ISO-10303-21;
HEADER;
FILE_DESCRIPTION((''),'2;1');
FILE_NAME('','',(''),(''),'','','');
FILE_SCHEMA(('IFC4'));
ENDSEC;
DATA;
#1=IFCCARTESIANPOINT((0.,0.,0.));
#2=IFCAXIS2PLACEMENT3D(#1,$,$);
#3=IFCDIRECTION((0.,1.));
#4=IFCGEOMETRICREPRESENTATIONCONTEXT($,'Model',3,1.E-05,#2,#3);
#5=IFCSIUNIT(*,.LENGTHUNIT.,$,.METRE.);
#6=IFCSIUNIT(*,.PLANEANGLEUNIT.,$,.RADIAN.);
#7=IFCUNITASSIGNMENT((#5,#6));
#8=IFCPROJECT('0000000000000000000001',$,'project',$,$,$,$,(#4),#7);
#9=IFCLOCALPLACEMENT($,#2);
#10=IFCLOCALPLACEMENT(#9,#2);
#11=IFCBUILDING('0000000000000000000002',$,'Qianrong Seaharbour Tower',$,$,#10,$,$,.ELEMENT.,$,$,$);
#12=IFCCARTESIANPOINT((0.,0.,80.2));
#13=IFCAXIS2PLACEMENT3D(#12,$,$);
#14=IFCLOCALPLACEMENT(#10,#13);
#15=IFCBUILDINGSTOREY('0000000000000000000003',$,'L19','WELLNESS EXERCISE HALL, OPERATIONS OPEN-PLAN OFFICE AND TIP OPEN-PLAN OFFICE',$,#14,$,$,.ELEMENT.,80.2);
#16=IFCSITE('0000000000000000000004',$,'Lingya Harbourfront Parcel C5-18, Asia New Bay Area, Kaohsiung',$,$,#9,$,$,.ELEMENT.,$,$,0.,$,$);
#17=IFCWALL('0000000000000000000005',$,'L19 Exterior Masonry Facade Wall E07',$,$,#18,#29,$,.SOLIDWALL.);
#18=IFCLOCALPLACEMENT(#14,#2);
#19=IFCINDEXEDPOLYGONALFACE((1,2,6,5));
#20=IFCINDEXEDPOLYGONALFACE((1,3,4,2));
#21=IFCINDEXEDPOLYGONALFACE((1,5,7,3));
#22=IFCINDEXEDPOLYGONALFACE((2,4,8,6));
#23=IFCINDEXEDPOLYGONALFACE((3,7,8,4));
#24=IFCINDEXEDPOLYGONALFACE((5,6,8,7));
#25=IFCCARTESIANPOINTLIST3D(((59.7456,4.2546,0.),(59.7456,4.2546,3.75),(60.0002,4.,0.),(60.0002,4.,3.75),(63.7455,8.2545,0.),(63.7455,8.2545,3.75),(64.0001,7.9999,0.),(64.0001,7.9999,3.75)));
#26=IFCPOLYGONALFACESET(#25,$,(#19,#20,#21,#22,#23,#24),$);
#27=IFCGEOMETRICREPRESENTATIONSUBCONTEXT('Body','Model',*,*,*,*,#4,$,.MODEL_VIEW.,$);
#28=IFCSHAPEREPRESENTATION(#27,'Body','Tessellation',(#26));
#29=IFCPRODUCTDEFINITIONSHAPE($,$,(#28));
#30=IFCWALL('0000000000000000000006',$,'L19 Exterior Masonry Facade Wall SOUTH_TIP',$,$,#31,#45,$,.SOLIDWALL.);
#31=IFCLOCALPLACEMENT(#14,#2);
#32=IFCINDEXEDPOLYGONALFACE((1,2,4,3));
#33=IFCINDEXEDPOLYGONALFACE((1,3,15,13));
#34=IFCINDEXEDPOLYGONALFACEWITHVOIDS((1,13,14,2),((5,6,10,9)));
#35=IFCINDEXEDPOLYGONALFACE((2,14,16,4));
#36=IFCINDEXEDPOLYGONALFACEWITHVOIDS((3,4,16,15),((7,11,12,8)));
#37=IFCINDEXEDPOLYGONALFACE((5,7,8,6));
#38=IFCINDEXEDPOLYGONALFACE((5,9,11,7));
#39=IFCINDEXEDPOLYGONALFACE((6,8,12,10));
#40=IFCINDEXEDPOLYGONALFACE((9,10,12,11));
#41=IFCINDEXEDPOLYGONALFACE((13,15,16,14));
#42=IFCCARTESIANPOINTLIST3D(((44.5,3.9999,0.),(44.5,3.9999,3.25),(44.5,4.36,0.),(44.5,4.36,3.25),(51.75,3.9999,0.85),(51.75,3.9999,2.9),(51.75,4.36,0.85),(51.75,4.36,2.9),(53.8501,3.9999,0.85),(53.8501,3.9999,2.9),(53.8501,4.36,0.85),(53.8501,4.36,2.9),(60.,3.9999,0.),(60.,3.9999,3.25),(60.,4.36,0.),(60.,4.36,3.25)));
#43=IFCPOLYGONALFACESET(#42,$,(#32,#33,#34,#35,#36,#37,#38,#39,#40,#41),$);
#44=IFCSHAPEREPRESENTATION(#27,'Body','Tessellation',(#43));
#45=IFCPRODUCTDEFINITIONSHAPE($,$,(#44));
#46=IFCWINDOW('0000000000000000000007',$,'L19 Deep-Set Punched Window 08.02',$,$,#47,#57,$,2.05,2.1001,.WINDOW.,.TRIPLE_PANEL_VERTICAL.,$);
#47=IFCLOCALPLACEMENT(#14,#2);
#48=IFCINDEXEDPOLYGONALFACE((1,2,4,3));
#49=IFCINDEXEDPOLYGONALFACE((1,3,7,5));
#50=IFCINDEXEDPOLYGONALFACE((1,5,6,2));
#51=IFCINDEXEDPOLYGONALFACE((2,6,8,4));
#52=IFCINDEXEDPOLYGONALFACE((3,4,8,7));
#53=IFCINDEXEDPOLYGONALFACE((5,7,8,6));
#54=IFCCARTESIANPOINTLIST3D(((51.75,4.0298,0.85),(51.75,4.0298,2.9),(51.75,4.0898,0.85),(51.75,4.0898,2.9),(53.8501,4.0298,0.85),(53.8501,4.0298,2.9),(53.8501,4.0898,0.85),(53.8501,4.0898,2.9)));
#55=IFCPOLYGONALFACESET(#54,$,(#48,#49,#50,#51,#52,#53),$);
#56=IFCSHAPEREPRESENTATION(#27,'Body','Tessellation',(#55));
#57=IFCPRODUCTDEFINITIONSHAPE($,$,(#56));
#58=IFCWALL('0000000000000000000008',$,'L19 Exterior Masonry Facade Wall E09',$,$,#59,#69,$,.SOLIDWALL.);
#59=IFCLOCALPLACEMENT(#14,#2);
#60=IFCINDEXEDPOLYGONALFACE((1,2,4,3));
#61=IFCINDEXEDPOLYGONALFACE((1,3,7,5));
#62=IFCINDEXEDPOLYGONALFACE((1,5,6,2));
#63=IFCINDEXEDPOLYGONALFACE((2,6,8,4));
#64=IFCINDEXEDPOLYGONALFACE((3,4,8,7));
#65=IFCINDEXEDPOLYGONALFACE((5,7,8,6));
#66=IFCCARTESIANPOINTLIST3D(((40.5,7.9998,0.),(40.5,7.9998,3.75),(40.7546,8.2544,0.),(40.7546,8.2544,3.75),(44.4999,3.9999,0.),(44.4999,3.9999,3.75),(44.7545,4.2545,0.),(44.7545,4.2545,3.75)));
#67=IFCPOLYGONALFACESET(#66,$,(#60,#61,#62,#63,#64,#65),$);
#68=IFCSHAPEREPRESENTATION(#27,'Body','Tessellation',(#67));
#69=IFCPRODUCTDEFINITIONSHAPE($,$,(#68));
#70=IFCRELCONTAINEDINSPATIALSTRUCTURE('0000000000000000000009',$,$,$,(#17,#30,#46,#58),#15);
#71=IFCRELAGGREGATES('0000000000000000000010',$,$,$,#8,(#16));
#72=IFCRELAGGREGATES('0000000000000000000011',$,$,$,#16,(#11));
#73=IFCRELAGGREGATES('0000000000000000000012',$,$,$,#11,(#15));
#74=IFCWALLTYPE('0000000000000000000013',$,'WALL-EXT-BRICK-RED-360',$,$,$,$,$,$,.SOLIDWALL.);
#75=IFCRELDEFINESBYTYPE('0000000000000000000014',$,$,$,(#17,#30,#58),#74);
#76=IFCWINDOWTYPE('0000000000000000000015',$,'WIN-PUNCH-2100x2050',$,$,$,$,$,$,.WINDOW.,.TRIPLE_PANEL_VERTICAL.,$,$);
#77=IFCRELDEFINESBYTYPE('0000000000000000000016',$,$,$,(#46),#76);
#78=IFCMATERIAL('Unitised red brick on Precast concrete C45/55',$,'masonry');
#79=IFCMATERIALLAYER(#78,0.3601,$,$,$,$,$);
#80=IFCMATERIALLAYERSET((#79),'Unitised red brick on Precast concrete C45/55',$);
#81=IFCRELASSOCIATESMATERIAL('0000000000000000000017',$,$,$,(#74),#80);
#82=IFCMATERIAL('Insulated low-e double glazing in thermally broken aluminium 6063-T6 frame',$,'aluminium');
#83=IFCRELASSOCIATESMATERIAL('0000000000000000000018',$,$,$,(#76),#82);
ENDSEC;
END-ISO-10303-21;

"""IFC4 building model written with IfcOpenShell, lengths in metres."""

from ifc_helpers import new_model, si_unit, direction, frame, frame_2d, origin, place, context, subcontext, project, spatial, rectangle, extrude, material, layer, layer_set, type_object, element, fill, save


model = new_model("IFC4")

# Units and contexts
model_context = context("Model", 3, precision=1e-05, world=origin(), true_north=direction((0.0, 1.0)))
body_context = subcontext(model_context, "Body", "Model", "MODEL_VIEW")
ifc_project = project(units=[si_unit("LENGTHUNIT", "METRE"), si_unit("PLANEANGLEUNIT", "RADIAN")], contexts=[model_context])

# Site, building, storey
site_placement = place(None, origin())
site = spatial("IfcSite", under=ifc_project, at=site_placement, Name="Lingya Harbourfront Parcel C5-18, Asia New Bay Area, Kaohsiung", CompositionType="ELEMENT", RefElevation=0.0)
building_placement = place(site_placement, origin())
building = spatial("IfcBuilding", under=site, at=building_placement, Name="Qianrong Seaharbour Tower", CompositionType="ELEMENT")
storey_placement = place(building_placement, frame((0.0, 0.0, 80.2)))
storey = spatial("IfcBuildingStorey", under=building, at=storey_placement, Name="L19", Description="WELLNESS EXERCISE HALL, OPERATIONS OPEN-PLAN OFFICE AND TIP OPEN-PLAN OFFICE", CompositionType="ELEMENT", Elevation=80.2)

# Wall
ifc_material_1 = material(Name="Unitised red brick on Precast concrete C45/55", Category="masonry")
ifc_layer_1 = layer(ifc_material_1, 0.3601)
ifc_layer_set_1 = layer_set([ifc_layer_1], Name="Unitised red brick on Precast concrete C45/55")
wall_type_1 = type_object("IfcWallType", Name="WALL-EXT-BRICK-RED-360", PredefinedType="SOLIDWALL", material=ifc_layer_set_1)
wall_1_placement = place(storey_placement, frame((63.8728, 8.1272, 0.0), z_axis=(0.0, 0.0, 1.0), x_axis=(-0.707107, -0.707107, 0.0)))
element("IfcWall", 1, at=wall_1_placement, inside=storey, type_object=wall_type_1, Name="L19 Exterior Masonry Facade Wall E07", PredefinedType="SOLIDWALL", context=body_context, shape_type="SweptSolid", body=[
    extrude(rectangle(XDim=5.6567, YDim=0.3601, at=frame_2d((2.8284, 0.0))), origin(), (0.0, 0.0, 1.0), 3.75),
])

# Wall, opening, window
wall_2_placement = place(storey_placement, frame((60.0, 4.1799, 0.0), z_axis=(0.0, 0.0, 1.0), x_axis=(-1.0, 0.0, 0.0)))
wall_2 = element("IfcWall", 2, at=wall_2_placement, inside=storey, type_object=wall_type_1, Name="L19 Exterior Masonry Facade Wall SOUTH_TIP", PredefinedType="SOLIDWALL", context=body_context, shape_type="SweptSolid", body=[
    extrude(rectangle(XDim=15.5, YDim=0.3601, at=frame_2d((7.75, 0.0))), origin(), (0.0, 0.0, 1.0), 3.25),
])
opening_1_placement = place(wall_2_placement, frame((6.1499, 0.0, 0.8501)))
opening_1 = element("IfcOpeningElement", 3, at=opening_1_placement, cuts=wall_2, PredefinedType="OPENING", context=body_context, shape_type="SweptSolid", body=[
    extrude(rectangle(XDim=2.1001, YDim=2.05, at=frame_2d((1.05, 1.0249))), frame((0.0, 0.1899, 0.0), z_axis=(0.0, -1.0, 0.0), x_axis=(1.0, 0.0, 0.0)), (0.0, 0.0, 1.0), 0.3801),
])
ifc_material_2 = material(Name="Insulated low-e double glazing in thermally broken aluminium 6063-T6 frame", Category="aluminium")
window_type = type_object("IfcWindowType", Name="WIN-PUNCH-2100x2050", PartitioningType="TRIPLE_PANEL_VERTICAL", PredefinedType="WINDOW", material=ifc_material_2)
window_placement = place(opening_1_placement, origin())
window = element("IfcWindow", 4, at=window_placement, inside=storey, type_object=window_type, Name="L19 Deep-Set Punched Window 08.02", OverallHeight=2.05, OverallWidth=2.1001, PartitioningType="TRIPLE_PANEL_VERTICAL", PredefinedType="WINDOW", context=body_context, shape_type="SweptSolid", body=[
    extrude(rectangle(XDim=2.1001, YDim=2.05, at=frame_2d((1.05, 1.0249))), frame((0.0, 0.1501, 0.0), z_axis=(0.0, -1.0, 0.0), x_axis=(1.0, 0.0, 0.0)), (0.0, 0.0, 1.0), 0.0601),
])
fill(opening_1, window)

# Wall
wall_3_placement = place(storey_placement, frame((44.6272, 4.1272, 0.0), z_axis=(0.0, 0.0, 1.0), x_axis=(-0.707107, 0.707107, 0.0)))
element("IfcWall", 5, at=wall_3_placement, inside=storey, type_object=wall_type_1, Name="L19 Exterior Masonry Facade Wall E09", PredefinedType="SOLIDWALL", context=body_context, shape_type="SweptSolid", body=[
    extrude(rectangle(XDim=5.6567, YDim=0.3601, at=frame_2d((2.8284, 0.0))), origin(), (0.0, 0.0, 1.0), 3.75),
])

save(model, "model.ifc")
